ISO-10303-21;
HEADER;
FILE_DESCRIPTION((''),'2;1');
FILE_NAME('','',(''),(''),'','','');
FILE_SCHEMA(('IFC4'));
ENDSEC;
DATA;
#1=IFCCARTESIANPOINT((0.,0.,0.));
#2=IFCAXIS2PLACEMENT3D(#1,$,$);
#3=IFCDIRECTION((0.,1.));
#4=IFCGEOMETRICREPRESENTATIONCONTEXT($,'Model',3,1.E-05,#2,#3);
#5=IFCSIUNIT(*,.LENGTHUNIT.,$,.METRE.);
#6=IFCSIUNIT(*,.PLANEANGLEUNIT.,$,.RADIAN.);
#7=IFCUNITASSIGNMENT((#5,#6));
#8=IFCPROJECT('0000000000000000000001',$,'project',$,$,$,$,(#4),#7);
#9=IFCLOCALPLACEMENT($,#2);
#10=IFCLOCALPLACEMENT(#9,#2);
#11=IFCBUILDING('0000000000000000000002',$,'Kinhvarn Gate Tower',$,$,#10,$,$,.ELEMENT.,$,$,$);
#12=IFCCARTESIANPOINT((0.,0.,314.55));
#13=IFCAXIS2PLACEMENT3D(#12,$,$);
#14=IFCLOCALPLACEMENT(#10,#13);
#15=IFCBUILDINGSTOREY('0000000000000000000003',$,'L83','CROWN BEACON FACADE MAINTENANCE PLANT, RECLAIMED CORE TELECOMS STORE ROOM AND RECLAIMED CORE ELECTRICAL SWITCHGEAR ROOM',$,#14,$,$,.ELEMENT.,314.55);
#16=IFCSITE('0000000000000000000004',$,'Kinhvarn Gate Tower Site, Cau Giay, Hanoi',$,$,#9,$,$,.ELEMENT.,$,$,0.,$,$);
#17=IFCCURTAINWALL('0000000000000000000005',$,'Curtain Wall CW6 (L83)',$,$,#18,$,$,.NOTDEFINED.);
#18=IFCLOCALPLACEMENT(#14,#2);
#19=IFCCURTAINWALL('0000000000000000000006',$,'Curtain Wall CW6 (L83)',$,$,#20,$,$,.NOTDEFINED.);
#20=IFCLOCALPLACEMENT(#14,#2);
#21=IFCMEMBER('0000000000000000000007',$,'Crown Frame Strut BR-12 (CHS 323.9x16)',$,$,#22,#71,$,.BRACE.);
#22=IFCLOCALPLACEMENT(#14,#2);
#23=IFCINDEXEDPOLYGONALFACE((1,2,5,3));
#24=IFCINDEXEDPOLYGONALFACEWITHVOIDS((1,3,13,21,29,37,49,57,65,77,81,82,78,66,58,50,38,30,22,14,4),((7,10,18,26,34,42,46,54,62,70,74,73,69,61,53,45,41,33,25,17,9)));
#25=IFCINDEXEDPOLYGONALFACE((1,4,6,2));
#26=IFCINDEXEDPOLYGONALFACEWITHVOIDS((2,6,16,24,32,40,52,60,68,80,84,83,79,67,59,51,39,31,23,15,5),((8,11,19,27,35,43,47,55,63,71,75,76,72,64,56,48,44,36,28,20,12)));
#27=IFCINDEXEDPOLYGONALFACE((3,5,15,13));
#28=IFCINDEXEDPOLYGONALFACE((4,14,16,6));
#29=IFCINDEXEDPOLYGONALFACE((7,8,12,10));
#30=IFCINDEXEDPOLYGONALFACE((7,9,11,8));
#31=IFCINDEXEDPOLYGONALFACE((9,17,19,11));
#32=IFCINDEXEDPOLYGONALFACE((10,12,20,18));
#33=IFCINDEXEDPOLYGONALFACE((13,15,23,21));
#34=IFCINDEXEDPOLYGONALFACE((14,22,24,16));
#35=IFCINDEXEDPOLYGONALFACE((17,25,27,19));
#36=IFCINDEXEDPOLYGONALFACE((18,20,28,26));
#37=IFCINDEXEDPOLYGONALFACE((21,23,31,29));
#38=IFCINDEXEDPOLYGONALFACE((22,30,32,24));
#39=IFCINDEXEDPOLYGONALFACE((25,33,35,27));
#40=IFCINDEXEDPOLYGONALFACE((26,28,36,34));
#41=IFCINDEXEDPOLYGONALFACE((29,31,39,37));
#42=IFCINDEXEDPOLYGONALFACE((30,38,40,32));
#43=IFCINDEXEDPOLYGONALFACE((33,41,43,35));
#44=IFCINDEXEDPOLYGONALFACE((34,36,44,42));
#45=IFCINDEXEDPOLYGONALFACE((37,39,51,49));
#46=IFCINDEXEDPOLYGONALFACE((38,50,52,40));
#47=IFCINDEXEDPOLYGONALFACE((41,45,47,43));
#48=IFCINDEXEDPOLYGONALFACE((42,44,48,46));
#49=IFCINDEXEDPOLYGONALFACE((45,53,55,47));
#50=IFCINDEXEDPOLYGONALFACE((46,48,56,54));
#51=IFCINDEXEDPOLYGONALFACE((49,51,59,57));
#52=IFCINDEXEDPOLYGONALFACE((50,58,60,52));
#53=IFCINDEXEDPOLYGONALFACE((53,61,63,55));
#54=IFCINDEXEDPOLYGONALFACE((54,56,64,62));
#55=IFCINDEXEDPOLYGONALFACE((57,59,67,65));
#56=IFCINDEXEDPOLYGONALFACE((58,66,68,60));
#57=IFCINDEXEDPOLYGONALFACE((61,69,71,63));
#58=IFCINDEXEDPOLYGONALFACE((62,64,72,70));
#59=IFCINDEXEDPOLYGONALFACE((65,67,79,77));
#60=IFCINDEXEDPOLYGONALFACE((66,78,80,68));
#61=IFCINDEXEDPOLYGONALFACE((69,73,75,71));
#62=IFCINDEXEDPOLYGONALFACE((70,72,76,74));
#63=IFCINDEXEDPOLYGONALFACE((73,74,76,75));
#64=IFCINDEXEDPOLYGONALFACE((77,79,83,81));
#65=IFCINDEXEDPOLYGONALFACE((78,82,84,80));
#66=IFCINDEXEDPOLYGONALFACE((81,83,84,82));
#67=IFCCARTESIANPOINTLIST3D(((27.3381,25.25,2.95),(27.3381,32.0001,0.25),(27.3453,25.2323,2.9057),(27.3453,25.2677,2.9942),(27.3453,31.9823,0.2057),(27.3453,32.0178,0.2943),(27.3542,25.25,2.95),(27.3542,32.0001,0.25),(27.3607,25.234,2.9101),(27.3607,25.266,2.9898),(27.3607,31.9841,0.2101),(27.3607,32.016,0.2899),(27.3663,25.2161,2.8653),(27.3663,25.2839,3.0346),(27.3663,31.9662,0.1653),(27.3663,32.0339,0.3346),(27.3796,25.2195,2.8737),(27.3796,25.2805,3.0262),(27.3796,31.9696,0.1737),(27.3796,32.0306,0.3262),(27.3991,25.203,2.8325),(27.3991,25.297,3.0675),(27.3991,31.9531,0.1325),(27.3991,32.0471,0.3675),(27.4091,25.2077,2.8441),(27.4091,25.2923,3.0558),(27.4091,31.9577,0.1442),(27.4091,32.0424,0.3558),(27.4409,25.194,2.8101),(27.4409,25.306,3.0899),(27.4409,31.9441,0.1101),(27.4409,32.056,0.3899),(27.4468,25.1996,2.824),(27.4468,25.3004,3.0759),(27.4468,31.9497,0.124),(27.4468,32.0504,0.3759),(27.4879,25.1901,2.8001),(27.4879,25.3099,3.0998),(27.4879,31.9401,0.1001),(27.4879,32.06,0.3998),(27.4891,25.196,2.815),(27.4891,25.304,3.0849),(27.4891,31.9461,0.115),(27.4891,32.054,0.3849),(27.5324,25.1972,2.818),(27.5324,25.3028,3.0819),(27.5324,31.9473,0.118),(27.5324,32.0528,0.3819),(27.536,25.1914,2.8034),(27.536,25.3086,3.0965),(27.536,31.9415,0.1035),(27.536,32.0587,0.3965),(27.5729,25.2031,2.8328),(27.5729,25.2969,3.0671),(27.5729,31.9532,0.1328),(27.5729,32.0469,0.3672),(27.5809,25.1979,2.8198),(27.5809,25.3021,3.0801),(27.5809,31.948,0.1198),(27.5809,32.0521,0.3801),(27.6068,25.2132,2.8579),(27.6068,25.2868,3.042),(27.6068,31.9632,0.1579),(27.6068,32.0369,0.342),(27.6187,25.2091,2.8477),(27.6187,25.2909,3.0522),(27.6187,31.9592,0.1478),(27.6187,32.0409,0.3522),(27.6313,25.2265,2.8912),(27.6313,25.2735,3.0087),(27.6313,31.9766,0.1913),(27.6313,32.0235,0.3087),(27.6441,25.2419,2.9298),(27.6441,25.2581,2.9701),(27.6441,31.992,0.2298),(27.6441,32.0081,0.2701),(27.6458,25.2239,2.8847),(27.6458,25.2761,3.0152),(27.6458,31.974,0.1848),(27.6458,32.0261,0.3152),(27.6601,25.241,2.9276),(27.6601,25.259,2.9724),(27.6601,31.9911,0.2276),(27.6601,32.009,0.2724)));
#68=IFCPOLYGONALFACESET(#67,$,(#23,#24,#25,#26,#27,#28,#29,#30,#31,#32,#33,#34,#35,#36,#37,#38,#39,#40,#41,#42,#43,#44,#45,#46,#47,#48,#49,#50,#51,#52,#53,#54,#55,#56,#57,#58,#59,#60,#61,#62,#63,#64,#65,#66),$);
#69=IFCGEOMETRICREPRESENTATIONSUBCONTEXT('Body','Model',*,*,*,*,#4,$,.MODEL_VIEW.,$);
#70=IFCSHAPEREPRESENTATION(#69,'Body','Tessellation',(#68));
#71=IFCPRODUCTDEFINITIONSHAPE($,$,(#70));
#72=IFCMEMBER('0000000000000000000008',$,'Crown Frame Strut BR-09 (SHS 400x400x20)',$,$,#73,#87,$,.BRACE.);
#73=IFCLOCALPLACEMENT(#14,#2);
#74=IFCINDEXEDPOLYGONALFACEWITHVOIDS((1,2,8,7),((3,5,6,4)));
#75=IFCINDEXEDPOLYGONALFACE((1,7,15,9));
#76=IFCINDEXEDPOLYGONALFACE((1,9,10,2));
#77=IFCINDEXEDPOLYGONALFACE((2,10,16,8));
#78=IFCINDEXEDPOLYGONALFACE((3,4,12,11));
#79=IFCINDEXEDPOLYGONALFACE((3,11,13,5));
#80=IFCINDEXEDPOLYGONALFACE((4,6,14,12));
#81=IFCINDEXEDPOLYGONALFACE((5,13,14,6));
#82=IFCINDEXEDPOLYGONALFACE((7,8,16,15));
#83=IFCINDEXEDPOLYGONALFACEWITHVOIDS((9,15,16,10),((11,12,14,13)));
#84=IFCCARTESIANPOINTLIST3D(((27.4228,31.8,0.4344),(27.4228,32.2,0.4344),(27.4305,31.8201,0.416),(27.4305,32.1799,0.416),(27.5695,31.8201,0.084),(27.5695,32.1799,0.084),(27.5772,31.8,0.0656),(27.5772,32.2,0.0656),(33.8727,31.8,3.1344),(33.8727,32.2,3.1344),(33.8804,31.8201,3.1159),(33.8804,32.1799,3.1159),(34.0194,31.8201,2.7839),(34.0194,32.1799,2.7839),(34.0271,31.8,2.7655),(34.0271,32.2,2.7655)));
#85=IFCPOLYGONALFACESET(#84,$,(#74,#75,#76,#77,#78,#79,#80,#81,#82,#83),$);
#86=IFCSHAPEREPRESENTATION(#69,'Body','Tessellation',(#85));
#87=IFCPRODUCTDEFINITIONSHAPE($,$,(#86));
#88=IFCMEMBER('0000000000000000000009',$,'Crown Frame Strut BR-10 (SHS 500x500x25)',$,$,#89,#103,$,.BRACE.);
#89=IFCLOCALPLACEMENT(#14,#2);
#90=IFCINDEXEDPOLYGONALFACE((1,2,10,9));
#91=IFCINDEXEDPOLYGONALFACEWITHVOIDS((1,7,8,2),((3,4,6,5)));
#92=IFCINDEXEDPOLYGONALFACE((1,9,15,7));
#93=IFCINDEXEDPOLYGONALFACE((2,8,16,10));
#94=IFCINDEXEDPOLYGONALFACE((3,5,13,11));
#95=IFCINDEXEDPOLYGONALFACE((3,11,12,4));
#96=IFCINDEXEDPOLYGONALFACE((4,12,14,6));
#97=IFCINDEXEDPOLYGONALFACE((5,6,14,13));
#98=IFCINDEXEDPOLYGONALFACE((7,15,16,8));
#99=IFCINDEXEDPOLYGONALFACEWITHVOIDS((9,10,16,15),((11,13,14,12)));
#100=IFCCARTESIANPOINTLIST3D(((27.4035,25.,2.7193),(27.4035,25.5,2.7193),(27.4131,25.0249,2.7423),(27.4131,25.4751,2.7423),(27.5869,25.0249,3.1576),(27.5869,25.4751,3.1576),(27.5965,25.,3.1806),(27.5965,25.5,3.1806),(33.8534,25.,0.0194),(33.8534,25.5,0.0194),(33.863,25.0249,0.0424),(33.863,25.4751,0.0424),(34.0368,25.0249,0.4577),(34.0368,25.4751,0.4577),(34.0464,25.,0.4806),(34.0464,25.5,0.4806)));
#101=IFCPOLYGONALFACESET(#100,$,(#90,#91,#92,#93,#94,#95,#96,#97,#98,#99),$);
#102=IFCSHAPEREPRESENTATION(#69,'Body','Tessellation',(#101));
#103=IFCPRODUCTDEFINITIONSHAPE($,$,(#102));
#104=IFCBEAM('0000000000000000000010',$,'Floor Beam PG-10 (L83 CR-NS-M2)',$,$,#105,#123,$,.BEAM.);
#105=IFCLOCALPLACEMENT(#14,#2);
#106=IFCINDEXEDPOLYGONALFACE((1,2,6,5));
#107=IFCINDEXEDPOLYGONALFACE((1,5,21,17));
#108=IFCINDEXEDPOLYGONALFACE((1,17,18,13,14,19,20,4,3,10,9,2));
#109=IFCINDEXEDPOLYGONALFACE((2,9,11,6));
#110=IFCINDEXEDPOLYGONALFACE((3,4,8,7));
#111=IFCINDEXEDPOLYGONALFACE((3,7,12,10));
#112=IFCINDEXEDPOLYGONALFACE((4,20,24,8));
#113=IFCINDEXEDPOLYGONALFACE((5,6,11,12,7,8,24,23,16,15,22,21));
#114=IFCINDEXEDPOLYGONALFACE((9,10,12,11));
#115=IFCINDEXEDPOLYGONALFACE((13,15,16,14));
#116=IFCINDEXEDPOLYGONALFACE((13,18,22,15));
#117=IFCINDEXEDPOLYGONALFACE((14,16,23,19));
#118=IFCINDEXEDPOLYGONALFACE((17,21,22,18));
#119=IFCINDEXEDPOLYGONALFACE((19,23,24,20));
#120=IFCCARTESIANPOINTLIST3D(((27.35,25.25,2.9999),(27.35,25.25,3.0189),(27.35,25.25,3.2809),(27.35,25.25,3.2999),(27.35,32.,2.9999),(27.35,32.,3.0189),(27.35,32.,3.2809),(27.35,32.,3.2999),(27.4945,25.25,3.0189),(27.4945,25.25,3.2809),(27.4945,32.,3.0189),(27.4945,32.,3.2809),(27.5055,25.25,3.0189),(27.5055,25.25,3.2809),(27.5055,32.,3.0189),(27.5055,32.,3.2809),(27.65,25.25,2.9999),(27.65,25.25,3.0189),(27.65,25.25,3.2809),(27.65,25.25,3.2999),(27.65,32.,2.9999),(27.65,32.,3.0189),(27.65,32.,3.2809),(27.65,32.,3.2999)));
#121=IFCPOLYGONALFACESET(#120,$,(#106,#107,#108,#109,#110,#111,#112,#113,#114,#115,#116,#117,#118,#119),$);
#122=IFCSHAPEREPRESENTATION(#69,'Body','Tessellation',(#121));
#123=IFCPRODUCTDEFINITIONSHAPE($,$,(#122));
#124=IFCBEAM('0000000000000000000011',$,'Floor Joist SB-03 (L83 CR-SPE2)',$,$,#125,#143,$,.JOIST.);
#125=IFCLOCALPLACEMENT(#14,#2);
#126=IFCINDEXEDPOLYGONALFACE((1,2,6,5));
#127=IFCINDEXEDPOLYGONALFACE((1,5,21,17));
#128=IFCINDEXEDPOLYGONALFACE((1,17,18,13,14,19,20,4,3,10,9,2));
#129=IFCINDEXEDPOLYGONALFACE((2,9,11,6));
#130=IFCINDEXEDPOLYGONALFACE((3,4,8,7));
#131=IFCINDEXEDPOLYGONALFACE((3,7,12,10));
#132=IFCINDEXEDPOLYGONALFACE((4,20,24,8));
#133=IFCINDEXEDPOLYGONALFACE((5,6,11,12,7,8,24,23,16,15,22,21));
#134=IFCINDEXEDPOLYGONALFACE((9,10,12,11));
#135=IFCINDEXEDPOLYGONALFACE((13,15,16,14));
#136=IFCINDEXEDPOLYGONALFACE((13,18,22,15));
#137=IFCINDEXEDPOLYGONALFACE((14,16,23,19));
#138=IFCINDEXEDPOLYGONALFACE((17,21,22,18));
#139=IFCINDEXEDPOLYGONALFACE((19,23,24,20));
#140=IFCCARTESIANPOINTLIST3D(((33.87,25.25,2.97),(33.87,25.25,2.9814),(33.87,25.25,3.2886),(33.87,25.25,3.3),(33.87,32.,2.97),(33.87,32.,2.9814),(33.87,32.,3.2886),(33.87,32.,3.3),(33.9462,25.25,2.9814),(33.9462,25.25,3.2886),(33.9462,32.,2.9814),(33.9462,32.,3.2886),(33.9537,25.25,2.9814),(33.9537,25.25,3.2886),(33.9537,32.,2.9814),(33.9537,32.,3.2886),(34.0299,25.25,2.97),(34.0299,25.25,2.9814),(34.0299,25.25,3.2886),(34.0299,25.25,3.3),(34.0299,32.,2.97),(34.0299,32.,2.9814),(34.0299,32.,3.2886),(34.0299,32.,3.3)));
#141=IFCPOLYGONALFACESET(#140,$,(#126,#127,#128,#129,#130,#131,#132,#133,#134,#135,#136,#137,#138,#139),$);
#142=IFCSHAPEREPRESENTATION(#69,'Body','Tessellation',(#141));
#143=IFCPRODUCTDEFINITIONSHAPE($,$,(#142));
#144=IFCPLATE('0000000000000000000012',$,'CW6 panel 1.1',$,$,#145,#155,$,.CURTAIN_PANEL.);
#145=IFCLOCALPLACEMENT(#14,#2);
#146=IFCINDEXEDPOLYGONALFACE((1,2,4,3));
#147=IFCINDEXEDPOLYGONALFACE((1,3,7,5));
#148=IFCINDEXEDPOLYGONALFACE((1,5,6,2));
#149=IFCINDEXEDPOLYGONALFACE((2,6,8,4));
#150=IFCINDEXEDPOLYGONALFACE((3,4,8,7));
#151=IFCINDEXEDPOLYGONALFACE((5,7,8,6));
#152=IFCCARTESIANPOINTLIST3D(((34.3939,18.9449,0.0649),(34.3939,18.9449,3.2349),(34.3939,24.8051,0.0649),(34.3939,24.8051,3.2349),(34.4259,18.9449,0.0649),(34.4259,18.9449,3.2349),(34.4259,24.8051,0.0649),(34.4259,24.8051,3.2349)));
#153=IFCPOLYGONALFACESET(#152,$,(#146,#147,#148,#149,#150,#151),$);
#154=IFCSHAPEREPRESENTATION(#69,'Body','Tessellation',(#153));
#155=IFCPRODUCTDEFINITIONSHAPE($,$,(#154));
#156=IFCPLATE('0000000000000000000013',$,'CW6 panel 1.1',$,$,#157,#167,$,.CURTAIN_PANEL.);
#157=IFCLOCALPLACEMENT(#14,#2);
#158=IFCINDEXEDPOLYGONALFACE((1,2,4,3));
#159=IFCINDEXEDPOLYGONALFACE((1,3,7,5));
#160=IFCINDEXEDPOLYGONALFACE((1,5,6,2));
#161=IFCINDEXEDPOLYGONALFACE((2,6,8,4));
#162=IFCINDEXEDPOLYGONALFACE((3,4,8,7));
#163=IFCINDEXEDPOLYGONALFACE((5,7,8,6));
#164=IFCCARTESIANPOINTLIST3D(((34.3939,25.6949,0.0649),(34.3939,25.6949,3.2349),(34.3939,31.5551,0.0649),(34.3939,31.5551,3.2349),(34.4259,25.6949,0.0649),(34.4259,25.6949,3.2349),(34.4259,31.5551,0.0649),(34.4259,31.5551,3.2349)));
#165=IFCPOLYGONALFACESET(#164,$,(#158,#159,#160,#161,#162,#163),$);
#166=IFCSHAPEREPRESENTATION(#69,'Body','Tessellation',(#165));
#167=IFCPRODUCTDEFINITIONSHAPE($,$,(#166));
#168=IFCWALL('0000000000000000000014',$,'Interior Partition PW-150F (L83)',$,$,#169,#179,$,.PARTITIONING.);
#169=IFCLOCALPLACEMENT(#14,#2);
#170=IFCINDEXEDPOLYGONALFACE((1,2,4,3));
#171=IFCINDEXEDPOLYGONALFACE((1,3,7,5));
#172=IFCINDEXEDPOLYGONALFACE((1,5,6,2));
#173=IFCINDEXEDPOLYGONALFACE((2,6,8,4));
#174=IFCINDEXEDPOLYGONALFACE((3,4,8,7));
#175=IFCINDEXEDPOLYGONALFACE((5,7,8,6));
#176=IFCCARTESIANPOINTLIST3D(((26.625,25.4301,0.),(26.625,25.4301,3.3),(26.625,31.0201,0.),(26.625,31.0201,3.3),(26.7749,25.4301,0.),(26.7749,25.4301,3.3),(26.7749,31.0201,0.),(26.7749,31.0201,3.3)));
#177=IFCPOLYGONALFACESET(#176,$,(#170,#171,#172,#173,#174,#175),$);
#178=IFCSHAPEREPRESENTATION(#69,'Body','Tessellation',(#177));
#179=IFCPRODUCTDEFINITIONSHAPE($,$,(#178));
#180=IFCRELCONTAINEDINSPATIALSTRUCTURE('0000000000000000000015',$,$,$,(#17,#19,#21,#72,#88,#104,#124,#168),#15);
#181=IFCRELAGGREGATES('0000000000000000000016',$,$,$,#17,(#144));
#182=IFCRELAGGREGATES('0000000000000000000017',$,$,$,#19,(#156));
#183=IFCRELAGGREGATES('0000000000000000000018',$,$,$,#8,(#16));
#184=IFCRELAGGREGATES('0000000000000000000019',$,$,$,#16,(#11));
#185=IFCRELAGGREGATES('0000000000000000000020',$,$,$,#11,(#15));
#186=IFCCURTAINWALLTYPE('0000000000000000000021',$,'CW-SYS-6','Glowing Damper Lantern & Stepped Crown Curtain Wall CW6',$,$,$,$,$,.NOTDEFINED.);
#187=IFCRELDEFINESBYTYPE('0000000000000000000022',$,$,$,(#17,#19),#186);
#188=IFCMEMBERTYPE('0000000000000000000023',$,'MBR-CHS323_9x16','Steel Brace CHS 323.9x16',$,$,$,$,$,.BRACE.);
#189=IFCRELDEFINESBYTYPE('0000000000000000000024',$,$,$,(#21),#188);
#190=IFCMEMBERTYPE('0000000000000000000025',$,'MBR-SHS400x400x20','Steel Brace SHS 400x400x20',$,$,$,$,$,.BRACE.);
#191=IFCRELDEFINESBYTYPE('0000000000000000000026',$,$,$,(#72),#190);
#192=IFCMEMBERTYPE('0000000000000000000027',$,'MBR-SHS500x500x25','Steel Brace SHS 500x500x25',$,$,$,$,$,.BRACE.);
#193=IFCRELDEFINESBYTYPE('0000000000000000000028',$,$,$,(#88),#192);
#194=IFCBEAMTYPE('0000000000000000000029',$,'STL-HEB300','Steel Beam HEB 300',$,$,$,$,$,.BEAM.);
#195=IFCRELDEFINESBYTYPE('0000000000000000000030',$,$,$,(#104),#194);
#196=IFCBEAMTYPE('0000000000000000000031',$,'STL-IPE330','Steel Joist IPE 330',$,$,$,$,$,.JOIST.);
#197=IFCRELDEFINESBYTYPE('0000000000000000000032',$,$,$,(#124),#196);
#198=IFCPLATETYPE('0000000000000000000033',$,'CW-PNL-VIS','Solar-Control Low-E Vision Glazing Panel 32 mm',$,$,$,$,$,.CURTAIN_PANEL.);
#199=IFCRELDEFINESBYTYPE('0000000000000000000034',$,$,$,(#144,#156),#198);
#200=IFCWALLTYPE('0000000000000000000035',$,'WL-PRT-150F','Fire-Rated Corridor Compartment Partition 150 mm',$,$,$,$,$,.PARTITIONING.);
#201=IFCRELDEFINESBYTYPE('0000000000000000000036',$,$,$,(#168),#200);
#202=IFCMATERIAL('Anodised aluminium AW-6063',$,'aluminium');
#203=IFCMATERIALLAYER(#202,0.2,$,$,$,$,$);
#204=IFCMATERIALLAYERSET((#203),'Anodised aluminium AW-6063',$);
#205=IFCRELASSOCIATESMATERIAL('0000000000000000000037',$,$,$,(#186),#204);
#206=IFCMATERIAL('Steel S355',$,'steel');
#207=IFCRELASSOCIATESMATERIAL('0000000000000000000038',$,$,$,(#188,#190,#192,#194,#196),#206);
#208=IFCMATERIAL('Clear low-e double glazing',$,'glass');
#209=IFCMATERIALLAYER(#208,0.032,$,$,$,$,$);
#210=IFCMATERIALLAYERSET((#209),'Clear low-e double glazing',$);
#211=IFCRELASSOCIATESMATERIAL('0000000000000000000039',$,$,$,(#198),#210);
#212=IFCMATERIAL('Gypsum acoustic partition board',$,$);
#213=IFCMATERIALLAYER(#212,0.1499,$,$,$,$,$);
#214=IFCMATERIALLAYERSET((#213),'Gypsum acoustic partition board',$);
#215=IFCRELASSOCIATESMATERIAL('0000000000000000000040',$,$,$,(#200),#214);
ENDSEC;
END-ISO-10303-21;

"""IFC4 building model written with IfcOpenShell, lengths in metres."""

from ifc_helpers import new_model, si_unit, direction, frame, frame_2d, origin, origin_2d, place, context, subcontext, project, spatial, rectangle, hollow_rectangle, hollow_circle, i_section, extrude, material, layer, layer_set, material_profile, profile_set, type_object, element, aggregate, save


model = new_model("IFC4")

# Units and contexts
model_context = context("Model", 3, precision=1e-05, world=origin(), true_north=direction((0.0, 1.0)))
body_context = subcontext(model_context, "Body", "Model", "MODEL_VIEW")
ifc_project = project(units=[si_unit("LENGTHUNIT", "METRE"), si_unit("PLANEANGLEUNIT", "RADIAN")], contexts=[model_context])

# Site, building, storey
site_placement = place(None, origin())
site = spatial("IfcSite", under=ifc_project, at=site_placement, Name="Kinhvarn Gate Tower Site, Cau Giay, Hanoi", CompositionType="ELEMENT", RefElevation=0.0)
building_placement = place(site_placement, origin())
building = spatial("IfcBuilding", under=site, at=building_placement, Name="Kinhvarn Gate Tower", CompositionType="ELEMENT")
storey_placement = place(building_placement, frame((0.0, 0.0, 314.55)))
storey = spatial("IfcBuildingStorey", under=building, at=storey_placement, Name="L83", Description="CROWN BEACON FACADE MAINTENANCE PLANT, RECLAIMED CORE TELECOMS STORE ROOM AND RECLAIMED CORE ELECTRICAL SWITCHGEAR ROOM", CompositionType="ELEMENT", Elevation=314.55)

# Curtain wall
ifc_material_1 = material(Name="Anodised aluminium AW-6063", Category="aluminium")
ifc_layer_1 = layer(ifc_material_1, 0.2)
ifc_layer_set_1 = layer_set([ifc_layer_1], Name="Anodised aluminium AW-6063")
curtain_wall_type = type_object("IfcCurtainWallType", Name="CW-SYS-6", Description="Glowing Damper Lantern & Stepped Crown Curtain Wall CW6", PredefinedType="NOTDEFINED", material=ifc_layer_set_1)
curtain_wall_1_placement = place(storey_placement, origin())
curtain_wall_1 = element("IfcCurtainWall", 1, at=curtain_wall_1_placement, inside=storey, type_object=curtain_wall_type, Name="Curtain Wall CW6 (L83)", PredefinedType="NOTDEFINED")

# Curtain wall
curtain_wall_2_placement = place(storey_placement, origin())
curtain_wall_2 = element("IfcCurtainWall", 2, at=curtain_wall_2_placement, inside=storey, type_object=curtain_wall_type, Name="Curtain Wall CW6 (L83)", PredefinedType="NOTDEFINED")

# Members
ifc_material_2 = material(Name="Steel S355", Category="steel")
ifc_material_profile_1 = material_profile(ifc_material_2, hollow_circle(Radius=0.1619, WallThickness=0.0161, at=origin_2d()), Name="CHS 323.9x16")
ifc_profile_set_1 = profile_set([ifc_material_profile_1], Name="Steel S355")
member_type_1 = type_object("IfcMemberType", Name="MBR-CHS323_9x16", Description="Steel Brace CHS 323.9x16", PredefinedType="BRACE", material=ifc_profile_set_1)
member_1_placement = place(storey_placement, frame((27.5, 25.25, 2.95), z_axis=(0.0, 0.928479, -0.371385), x_axis=(-1.0, 0.0, 0.0)))
element("IfcMember", 3, at=member_1_placement, inside=storey, type_object=member_type_1, Name="Crown Frame Strut BR-12 (CHS 323.9x16)", PredefinedType="BRACE", context=body_context, shape_type="SweptSolid", body=[
    extrude(hollow_circle(Radius=0.1619, WallThickness=0.0161, at=origin_2d()), origin(), (0.0, 0.0, 1.0), 7.27),
])
ifc_material_profile_2 = material_profile(ifc_material_2, hollow_rectangle(XDim=0.3999, YDim=0.3999, WallThickness=0.02, at=origin_2d()), Name="SHS 400x400x20")
ifc_profile_set_2 = profile_set([ifc_material_profile_2], Name="Steel S355")
member_type_2 = type_object("IfcMemberType", Name="MBR-SHS400x400x20", Description="Steel Brace SHS 400x400x20", PredefinedType="BRACE", material=ifc_profile_set_2)
member_2_placement = place(storey_placement, frame((27.5, 32.0, 0.25), z_axis=(0.922442, 0.0, 0.386135), x_axis=(0.0, 1.0, 0.0)))
element("IfcMember", 4, at=member_2_placement, inside=storey, type_object=member_type_2, Name="Crown Frame Strut BR-09 (SHS 400x400x20)", PredefinedType="BRACE", context=body_context, shape_type="SweptSolid", body=[
    extrude(hollow_rectangle(XDim=0.3999, YDim=0.3999, WallThickness=0.02, at=origin_2d()), origin(), (0.0, 0.0, 1.0), 6.9922),
])
ifc_material_profile_3 = material_profile(ifc_material_2, hollow_rectangle(XDim=0.5, YDim=0.5, WallThickness=0.0249, at=origin_2d()), Name="SHS 500x500x25")
ifc_profile_set_3 = profile_set([ifc_material_profile_3], Name="Steel S355")
member_type_3 = type_object("IfcMemberType", Name="MBR-SHS500x500x25", Description="Steel Brace SHS 500x500x25", PredefinedType="BRACE", material=ifc_profile_set_3)
member_3_placement = place(storey_placement, frame((27.5, 25.25, 2.95), z_axis=(0.922442, 0.0, -0.386135), x_axis=(0.0, 1.0, 0.0)))
element("IfcMember", 5, at=member_3_placement, inside=storey, type_object=member_type_3, Name="Crown Frame Strut BR-10 (SHS 500x500x25)", PredefinedType="BRACE", context=body_context, shape_type="SweptSolid", body=[
    extrude(hollow_rectangle(XDim=0.5, YDim=0.5, WallThickness=0.0249, at=origin_2d()), origin(), (0.0, 0.0, 1.0), 6.9922),
])

# Beams
ifc_material_profile_4 = material_profile(ifc_material_2, i_section(OverallWidth=0.3, OverallDepth=0.3, WebThickness=0.011, FlangeThickness=0.019, at=origin_2d()), Name="HEB 300")
ifc_profile_set_4 = profile_set([ifc_material_profile_4], Name="Steel S355")
beam_type_1 = type_object("IfcBeamType", Name="STL-HEB300", Description="Steel Beam HEB 300", PredefinedType="BEAM", material=ifc_profile_set_4)
beam_1_placement = place(storey_placement, frame((27.5, 25.25, 3.1499), z_axis=(0.0, 1.0, 0.0), x_axis=(-1.0, 0.0, 0.0)))
element("IfcBeam", 6, at=beam_1_placement, inside=storey, type_object=beam_type_1, Name="Floor Beam PG-10 (L83 CR-NS-M2)", PredefinedType="BEAM", context=body_context, shape_type="SweptSolid", body=[
    extrude(i_section(OverallWidth=0.3, OverallDepth=0.3, WebThickness=0.011, FlangeThickness=0.019, at=origin_2d()), origin(), (0.0, 0.0, 1.0), 6.75),
])
ifc_material_profile_5 = material_profile(ifc_material_2, i_section(OverallWidth=0.1599, OverallDepth=0.3301, WebThickness=0.0076, FlangeThickness=0.0115, at=origin_2d()), Name="IPE 330")
ifc_profile_set_5 = profile_set([ifc_material_profile_5], Name="Steel S355")
beam_type_2 = type_object("IfcBeamType", Name="STL-IPE330", Description="Steel Joist IPE 330", PredefinedType="JOIST", material=ifc_profile_set_5)
beam_2_placement = place(storey_placement, frame((33.95, 25.25, 3.135), z_axis=(0.0, 1.0, 0.0), x_axis=(-1.0, 0.0, 0.0)))
element("IfcBeam", 7, at=beam_2_placement, inside=storey, type_object=beam_type_2, Name="Floor Joist SB-03 (L83 CR-SPE2)", PredefinedType="JOIST", context=body_context, shape_type="SweptSolid", body=[
    extrude(i_section(OverallWidth=0.1599, OverallDepth=0.3301, WebThickness=0.0076, FlangeThickness=0.0115, at=origin_2d()), origin(), (0.0, 0.0, 1.0), 6.75),
])

# Plates
ifc_material_3 = material(Name="Clear low-e double glazing", Category="glass")
ifc_layer_2 = layer(ifc_material_3, 0.032)
ifc_layer_set_2 = layer_set([ifc_layer_2], Name="Clear low-e double glazing")
plate_type = type_object("IfcPlateType", Name="CW-PNL-VIS", Description="Solar-Control Low-E Vision Glazing Panel 32 mm", PredefinedType="CURTAIN_PANEL", material=ifc_layer_set_2)
plate_1_placement = place(storey_placement, frame((34.4099, 21.875, 0.0649), z_axis=(0.0, 0.0, 1.0), x_axis=(0.0, 1.0, 0.0)))
plate_1 = element("IfcPlate", 8, at=plate_1_placement, type_object=plate_type, Name="CW6 panel 1.1", PredefinedType="CURTAIN_PANEL", context=body_context, shape_type="SweptSolid", body=[
    extrude(rectangle(XDim=5.8601, YDim=0.032, at=origin_2d()), origin(), (0.0, 0.0, 1.0), 3.1699),
])
aggregate(curtain_wall_1, [plate_1])
plate_2_placement = place(storey_placement, frame((34.4099, 28.625, 0.0649), z_axis=(0.0, 0.0, 1.0), x_axis=(0.0, 1.0, 0.0)))
plate_2 = element("IfcPlate", 9, at=plate_2_placement, type_object=plate_type, Name="CW6 panel 1.1", PredefinedType="CURTAIN_PANEL", context=body_context, shape_type="SweptSolid", body=[
    extrude(rectangle(XDim=5.8601, YDim=0.032, at=origin_2d()), origin(), (0.0, 0.0, 1.0), 3.1699),
])
aggregate(curtain_wall_2, [plate_2])

# Wall
ifc_material_4 = material(Name="Gypsum acoustic partition board")
ifc_layer_3 = layer(ifc_material_4, 0.1499)
ifc_layer_set_3 = layer_set([ifc_layer_3], Name="Gypsum acoustic partition board")
wall_type = type_object("IfcWallType", Name="WL-PRT-150F", Description="Fire-Rated Corridor Compartment Partition 150 mm", PredefinedType="PARTITIONING", material=ifc_layer_set_3)
wall_placement = place(storey_placement, frame((26.7, 31.02, 0.0), z_axis=(0.0, 0.0, 1.0), x_axis=(0.0, -1.0, 0.0)))
element("IfcWall", 10, at=wall_placement, inside=storey, type_object=wall_type, Name="Interior Partition PW-150F (L83)", PredefinedType="PARTITIONING", context=body_context, shape_type="SweptSolid", body=[
    extrude(rectangle(XDim=5.5901, YDim=0.1499, at=frame_2d((2.7949, 0.0))), origin(), (0.0, 0.0, 1.0), 3.3),
])

save(model, "model.ifc")
